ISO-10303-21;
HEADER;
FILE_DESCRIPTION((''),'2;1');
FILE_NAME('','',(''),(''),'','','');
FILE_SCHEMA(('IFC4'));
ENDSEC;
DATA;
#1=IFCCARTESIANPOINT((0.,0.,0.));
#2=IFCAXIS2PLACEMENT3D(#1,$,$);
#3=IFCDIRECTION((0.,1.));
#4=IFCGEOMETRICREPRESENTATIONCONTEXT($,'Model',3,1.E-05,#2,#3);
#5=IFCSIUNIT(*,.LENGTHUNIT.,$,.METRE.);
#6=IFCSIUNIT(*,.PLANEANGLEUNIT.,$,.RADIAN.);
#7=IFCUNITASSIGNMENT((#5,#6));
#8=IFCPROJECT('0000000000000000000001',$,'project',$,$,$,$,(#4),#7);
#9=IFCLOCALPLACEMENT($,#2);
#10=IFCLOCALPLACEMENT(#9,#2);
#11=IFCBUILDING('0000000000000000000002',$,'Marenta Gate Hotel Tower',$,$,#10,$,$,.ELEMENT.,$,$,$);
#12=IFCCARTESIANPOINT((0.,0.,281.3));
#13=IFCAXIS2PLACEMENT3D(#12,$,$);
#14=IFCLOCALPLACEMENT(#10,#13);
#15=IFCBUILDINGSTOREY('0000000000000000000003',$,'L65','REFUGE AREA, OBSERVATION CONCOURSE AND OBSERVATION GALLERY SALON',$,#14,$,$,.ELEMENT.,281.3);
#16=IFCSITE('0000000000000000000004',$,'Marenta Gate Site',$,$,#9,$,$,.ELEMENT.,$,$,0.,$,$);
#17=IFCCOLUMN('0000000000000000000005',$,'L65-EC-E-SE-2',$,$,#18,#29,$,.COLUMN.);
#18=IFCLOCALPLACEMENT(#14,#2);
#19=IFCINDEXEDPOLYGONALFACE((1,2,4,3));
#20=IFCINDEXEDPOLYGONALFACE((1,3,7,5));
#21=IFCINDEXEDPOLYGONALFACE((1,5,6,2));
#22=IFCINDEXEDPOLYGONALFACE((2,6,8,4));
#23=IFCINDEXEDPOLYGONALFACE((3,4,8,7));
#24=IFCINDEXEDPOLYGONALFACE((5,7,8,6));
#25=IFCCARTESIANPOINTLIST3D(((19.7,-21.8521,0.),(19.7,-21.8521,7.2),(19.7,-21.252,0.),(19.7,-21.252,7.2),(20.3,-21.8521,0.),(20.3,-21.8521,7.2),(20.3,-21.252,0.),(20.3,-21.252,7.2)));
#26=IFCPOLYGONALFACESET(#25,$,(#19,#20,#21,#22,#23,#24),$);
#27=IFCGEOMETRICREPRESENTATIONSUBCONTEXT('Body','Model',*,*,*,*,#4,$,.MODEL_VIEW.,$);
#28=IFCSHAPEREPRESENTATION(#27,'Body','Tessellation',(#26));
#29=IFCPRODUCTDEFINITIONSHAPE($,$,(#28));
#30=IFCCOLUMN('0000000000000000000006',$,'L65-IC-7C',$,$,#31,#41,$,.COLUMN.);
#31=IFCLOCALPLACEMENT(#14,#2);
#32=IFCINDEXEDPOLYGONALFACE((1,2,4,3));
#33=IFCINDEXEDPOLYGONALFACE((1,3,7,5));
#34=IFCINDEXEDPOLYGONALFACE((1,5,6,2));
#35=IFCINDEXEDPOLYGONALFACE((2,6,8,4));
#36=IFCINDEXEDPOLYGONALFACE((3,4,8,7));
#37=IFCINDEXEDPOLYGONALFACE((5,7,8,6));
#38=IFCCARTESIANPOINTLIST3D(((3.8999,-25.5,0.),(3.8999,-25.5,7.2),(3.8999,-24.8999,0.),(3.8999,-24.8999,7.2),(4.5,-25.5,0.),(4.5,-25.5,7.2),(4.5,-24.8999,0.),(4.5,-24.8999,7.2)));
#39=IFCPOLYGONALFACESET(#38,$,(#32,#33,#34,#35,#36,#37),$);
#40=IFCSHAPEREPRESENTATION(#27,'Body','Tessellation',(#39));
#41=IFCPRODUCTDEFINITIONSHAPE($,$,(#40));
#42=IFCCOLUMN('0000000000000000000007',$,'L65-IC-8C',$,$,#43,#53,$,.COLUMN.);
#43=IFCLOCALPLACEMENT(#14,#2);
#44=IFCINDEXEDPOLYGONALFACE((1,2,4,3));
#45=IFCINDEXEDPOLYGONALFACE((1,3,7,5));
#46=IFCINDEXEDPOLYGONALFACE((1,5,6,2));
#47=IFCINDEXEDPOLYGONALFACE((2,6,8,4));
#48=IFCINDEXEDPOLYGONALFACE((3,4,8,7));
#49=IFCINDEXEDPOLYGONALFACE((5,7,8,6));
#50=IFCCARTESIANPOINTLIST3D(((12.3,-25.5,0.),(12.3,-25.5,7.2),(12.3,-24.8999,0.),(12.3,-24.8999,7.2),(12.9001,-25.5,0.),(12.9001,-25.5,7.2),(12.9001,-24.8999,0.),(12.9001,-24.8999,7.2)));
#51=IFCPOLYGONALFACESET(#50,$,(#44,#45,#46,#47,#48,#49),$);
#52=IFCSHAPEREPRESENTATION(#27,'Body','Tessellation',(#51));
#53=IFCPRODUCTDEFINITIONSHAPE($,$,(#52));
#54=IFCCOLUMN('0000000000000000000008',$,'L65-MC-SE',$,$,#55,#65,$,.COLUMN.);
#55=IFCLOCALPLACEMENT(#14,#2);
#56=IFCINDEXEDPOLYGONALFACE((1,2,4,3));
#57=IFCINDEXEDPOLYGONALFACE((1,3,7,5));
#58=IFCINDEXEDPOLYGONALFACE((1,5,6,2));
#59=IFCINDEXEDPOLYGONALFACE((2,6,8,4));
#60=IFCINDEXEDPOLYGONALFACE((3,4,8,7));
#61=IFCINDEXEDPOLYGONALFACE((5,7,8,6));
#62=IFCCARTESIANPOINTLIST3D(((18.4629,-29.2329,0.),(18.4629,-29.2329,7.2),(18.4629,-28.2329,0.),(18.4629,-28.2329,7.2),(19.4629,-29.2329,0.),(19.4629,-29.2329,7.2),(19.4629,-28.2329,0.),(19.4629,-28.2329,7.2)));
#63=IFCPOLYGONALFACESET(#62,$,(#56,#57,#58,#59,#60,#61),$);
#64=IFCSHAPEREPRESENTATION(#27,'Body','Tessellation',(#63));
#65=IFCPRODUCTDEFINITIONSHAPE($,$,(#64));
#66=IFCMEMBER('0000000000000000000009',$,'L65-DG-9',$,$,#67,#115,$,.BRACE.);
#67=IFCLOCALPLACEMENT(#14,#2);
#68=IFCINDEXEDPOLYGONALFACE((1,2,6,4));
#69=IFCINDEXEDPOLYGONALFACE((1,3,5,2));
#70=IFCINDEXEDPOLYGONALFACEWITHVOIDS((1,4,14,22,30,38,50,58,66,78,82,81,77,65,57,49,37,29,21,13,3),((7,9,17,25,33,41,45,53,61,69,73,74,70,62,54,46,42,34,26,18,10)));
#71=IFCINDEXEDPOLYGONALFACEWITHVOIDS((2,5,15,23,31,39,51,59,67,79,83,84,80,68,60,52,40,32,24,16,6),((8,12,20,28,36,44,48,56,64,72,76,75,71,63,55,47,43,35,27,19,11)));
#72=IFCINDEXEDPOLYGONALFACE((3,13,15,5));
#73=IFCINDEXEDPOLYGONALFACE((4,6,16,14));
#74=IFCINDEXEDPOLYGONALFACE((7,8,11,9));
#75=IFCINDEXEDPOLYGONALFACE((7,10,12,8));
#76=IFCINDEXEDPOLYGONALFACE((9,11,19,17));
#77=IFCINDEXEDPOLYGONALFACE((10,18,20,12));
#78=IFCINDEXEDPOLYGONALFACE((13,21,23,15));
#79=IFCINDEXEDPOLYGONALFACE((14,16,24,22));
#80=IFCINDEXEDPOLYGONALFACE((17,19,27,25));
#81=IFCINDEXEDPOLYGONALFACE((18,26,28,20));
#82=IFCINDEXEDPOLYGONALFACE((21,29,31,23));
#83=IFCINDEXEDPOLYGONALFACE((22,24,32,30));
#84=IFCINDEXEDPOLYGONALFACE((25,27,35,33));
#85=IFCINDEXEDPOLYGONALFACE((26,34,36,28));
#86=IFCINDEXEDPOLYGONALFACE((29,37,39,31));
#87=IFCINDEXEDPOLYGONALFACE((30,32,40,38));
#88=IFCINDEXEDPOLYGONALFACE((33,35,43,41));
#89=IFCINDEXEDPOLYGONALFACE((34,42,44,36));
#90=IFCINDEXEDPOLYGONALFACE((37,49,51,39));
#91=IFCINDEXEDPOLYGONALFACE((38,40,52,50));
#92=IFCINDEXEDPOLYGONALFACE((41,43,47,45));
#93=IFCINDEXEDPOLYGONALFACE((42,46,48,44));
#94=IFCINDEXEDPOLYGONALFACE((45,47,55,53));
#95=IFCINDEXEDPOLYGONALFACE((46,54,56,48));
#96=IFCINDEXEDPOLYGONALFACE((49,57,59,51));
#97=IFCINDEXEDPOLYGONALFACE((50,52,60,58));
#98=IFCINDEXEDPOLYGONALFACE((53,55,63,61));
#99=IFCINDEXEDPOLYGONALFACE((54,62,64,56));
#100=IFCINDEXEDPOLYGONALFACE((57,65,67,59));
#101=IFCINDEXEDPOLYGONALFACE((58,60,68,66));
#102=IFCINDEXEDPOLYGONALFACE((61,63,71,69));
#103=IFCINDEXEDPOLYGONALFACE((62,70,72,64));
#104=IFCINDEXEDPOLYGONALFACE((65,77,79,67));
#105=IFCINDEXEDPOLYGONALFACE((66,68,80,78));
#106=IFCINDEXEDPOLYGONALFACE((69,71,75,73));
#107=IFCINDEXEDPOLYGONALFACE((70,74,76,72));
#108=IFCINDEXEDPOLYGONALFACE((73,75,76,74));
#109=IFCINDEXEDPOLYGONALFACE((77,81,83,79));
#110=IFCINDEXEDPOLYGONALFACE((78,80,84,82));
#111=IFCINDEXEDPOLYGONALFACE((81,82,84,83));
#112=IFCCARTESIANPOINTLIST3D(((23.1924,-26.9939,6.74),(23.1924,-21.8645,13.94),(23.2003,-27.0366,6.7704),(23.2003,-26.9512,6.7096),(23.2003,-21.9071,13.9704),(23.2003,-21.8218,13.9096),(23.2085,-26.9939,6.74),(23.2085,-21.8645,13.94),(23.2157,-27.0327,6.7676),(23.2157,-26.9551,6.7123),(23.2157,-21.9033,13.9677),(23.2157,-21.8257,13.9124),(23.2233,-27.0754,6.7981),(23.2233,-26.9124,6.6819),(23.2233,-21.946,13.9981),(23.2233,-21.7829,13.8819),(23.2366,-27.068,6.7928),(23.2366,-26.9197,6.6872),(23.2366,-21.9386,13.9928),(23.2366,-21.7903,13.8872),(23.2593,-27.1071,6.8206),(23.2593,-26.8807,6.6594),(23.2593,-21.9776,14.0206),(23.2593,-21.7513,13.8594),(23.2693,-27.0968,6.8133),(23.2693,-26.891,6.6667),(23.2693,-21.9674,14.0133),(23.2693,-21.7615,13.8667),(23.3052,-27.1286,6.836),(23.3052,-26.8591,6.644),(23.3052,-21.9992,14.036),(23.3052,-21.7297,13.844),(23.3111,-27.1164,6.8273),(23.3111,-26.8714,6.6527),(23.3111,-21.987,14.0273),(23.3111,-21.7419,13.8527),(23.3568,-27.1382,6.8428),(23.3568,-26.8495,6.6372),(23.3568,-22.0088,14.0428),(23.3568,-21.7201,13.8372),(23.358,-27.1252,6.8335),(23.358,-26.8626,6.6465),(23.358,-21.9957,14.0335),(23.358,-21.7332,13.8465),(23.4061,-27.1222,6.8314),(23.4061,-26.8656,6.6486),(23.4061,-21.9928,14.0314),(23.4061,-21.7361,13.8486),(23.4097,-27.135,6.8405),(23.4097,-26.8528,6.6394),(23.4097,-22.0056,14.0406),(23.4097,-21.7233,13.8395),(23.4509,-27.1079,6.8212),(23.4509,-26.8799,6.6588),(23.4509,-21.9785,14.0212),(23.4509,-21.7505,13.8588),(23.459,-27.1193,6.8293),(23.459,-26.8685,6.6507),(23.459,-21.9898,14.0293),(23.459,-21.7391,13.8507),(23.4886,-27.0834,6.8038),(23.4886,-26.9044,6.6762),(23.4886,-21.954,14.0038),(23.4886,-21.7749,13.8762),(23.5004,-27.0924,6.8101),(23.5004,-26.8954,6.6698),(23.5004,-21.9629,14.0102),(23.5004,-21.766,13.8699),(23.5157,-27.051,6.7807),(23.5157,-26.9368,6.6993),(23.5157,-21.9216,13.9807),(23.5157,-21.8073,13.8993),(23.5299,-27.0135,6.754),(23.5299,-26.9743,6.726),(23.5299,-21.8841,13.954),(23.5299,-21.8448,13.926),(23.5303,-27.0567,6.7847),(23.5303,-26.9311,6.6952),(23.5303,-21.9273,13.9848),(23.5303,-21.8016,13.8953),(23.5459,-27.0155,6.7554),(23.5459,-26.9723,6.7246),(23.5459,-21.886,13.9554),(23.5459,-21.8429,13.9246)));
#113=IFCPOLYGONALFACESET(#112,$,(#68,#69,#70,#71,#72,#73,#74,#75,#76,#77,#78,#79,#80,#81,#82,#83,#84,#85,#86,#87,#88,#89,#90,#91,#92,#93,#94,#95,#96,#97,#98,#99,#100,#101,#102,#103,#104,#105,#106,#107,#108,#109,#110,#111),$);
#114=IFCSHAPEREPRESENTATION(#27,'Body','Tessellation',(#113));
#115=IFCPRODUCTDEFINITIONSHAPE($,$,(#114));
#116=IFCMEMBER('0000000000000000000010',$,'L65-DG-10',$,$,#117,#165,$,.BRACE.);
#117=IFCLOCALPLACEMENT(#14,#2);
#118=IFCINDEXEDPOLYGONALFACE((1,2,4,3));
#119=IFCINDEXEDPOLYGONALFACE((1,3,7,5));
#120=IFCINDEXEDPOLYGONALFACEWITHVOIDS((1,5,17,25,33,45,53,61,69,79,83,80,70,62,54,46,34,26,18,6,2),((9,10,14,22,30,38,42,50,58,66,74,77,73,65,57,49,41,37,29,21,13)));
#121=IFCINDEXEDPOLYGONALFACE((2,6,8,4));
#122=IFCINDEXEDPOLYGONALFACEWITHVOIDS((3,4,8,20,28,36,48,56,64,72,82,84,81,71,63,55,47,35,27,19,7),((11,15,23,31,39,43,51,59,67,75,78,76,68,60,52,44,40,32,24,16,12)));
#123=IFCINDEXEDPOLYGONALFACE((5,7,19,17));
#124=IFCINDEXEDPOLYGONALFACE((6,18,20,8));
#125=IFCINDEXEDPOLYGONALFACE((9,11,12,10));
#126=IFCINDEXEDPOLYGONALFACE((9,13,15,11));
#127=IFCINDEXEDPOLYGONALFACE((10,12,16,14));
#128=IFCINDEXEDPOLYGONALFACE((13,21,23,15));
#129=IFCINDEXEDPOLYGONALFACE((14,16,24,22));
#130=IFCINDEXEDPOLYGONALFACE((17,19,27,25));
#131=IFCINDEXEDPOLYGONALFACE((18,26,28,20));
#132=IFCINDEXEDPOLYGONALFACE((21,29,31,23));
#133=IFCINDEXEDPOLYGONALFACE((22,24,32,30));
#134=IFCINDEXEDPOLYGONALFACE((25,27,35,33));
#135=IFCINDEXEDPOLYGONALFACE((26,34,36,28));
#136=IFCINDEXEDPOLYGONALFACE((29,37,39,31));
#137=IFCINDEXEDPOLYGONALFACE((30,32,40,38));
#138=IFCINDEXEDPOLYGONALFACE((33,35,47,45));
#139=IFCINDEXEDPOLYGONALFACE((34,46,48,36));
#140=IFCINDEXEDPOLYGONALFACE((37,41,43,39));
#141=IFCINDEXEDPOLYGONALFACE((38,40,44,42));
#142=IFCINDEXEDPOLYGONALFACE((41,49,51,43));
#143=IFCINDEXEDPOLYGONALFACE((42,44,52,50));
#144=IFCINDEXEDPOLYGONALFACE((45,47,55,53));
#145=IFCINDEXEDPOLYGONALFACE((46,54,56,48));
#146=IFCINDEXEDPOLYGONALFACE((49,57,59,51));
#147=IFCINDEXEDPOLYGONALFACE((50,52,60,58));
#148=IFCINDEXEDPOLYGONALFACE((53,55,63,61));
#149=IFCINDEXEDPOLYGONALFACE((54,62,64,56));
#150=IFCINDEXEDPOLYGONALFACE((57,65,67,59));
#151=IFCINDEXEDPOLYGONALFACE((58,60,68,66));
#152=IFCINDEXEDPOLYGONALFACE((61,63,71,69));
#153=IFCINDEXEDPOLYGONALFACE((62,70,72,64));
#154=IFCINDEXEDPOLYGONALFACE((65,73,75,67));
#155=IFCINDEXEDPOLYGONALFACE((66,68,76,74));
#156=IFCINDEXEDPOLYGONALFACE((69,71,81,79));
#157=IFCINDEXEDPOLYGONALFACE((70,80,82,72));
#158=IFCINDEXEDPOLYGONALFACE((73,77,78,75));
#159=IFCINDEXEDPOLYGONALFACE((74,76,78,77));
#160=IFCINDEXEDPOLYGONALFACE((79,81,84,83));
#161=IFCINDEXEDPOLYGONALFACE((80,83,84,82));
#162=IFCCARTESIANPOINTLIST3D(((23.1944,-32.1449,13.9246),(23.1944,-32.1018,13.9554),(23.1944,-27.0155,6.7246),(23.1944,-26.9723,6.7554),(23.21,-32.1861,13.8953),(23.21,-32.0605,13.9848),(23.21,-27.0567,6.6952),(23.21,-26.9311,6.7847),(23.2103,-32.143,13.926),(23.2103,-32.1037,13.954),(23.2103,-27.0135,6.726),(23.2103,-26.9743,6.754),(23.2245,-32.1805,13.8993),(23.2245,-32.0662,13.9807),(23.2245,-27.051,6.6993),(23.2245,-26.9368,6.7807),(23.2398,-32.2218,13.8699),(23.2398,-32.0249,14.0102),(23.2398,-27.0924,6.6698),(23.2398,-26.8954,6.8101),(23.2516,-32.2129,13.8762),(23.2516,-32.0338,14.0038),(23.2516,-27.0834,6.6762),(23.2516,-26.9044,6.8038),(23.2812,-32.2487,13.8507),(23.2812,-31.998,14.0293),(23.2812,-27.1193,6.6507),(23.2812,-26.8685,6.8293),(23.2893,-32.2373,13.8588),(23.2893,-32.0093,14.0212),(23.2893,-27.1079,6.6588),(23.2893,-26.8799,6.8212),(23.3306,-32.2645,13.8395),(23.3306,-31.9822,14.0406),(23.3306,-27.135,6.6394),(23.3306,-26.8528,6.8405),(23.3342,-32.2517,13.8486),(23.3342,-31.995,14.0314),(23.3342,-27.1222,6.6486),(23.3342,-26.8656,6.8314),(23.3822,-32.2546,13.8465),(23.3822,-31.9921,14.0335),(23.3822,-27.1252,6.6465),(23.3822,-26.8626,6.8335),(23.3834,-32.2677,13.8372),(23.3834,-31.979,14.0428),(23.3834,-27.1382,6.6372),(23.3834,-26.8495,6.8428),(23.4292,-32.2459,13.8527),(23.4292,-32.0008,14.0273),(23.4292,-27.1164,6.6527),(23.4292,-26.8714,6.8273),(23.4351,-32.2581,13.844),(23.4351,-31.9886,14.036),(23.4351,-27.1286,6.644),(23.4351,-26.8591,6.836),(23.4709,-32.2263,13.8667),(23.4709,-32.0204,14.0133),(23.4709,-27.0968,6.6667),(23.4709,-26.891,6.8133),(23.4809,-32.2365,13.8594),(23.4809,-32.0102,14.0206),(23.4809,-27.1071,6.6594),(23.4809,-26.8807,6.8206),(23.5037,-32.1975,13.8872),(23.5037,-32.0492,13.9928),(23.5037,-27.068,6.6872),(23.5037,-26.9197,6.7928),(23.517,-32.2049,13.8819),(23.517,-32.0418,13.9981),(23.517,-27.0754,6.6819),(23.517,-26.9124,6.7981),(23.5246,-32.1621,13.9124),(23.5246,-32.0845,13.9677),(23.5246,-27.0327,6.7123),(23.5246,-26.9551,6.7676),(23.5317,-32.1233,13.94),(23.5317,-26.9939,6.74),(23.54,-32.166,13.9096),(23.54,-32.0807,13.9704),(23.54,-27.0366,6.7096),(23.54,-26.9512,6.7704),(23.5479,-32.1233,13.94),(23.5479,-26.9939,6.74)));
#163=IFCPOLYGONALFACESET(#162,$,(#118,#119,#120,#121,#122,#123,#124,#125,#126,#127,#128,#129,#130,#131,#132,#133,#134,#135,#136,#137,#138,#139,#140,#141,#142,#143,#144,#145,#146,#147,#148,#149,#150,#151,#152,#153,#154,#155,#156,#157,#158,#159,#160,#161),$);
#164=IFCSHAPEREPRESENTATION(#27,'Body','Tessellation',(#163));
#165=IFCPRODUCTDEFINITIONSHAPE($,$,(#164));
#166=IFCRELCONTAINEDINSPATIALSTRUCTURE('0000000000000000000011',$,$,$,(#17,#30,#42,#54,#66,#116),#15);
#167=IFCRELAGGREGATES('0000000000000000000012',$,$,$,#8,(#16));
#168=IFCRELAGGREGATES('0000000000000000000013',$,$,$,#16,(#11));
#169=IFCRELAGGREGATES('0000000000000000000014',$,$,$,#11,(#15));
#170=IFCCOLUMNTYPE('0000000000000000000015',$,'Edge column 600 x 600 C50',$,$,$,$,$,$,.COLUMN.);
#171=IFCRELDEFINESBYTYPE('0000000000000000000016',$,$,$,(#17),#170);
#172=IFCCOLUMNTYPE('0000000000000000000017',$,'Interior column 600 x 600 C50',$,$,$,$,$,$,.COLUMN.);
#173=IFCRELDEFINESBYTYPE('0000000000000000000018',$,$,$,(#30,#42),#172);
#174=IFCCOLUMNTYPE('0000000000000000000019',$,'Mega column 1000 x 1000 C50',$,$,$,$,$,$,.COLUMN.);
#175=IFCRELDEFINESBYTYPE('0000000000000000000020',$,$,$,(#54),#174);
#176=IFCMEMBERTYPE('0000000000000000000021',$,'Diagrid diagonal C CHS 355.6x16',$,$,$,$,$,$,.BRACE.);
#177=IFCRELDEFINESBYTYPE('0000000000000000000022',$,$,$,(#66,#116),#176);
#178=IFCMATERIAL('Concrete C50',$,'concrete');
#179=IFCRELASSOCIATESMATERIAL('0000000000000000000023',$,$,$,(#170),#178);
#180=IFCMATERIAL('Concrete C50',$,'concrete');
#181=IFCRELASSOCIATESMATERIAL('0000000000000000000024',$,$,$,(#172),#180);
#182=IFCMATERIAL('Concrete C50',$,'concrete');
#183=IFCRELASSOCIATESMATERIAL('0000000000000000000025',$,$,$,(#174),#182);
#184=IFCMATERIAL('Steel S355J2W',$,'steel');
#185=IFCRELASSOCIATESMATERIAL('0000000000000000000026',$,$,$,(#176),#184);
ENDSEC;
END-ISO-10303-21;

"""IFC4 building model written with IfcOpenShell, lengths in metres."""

from ifc_helpers import new_model, si_unit, direction, frame, origin, origin_2d, place, context, subcontext, project, spatial, rectangle, hollow_circle, extrude, material, material_profile, profile_set, type_object, element, save


model = new_model("IFC4")

# Units and contexts
model_context = context("Model", 3, precision=1e-05, world=origin(), true_north=direction((0.0, 1.0)))
body_context = subcontext(model_context, "Body", "Model", "MODEL_VIEW")
ifc_project = project(units=[si_unit("LENGTHUNIT", "METRE"), si_unit("PLANEANGLEUNIT", "RADIAN")], contexts=[model_context])

# Site, building, storey
site_placement = place(None, origin())
site = spatial("IfcSite", under=ifc_project, at=site_placement, Name="Marenta Gate Site", CompositionType="ELEMENT", RefElevation=0.0)
building_placement = place(site_placement, origin())
building = spatial("IfcBuilding", under=site, at=building_placement, Name="Marenta Gate Hotel Tower", CompositionType="ELEMENT")
storey_placement = place(building_placement, frame((0.0, 0.0, 281.3)))
storey = spatial("IfcBuildingStorey", under=building, at=storey_placement, Name="L65", Description="REFUGE AREA, OBSERVATION CONCOURSE AND OBSERVATION GALLERY SALON", CompositionType="ELEMENT", Elevation=281.3)

# Columns
ifc_material_1 = material(Name="Concrete C50", Category="concrete")
ifc_material_profile_1 = material_profile(ifc_material_1, rectangle(XDim=0.6001, YDim=0.6001, at=origin_2d()), Name="600 x 600")
ifc_profile_set_1 = profile_set([ifc_material_profile_1], Name="Concrete C50")
column_type_1 = type_object("IfcColumnType", Name="Edge column 600 x 600 C50", PredefinedType="COLUMN", material=ifc_profile_set_1)
column_1_placement = place(storey_placement, frame((20.0, -21.552, 0.0), z_axis=(0.0, 0.0, 1.0), x_axis=(1.0, 0.0, 0.0)))
element("IfcColumn", 1, at=column_1_placement, inside=storey, type_object=column_type_1, Name="L65-EC-E-SE-2", PredefinedType="COLUMN", context=body_context, shape_type="SweptSolid", body=[
    extrude(rectangle(XDim=0.6001, YDim=0.6001, at=origin_2d()), origin(), (0.0, 0.0, 1.0), 7.2),
])
ifc_material_2 = material(Name="Concrete C50", Category="concrete")
ifc_material_profile_2 = material_profile(ifc_material_2, rectangle(XDim=0.6001, YDim=0.6001, at=origin_2d()), Name="600 x 600")
ifc_profile_set_2 = profile_set([ifc_material_profile_2], Name="Concrete C50")
column_type_2 = type_object("IfcColumnType", Name="Interior column 600 x 600 C50", PredefinedType="COLUMN", material=ifc_profile_set_2)
for number, where, z_axis, x_axis, name in (
    (2, (4.2, -25.2, 0.0), (0.0, 0.0, 1.0), (1.0, 0.0, 0.0), "L65-IC-7C"),
    (3, (12.6001, -25.2, 0.0), (0.0, 0.0, 1.0), (1.0, 0.0, 0.0), "L65-IC-8C"),
):
    element("IfcColumn", number, at=place(storey_placement, frame(where, z_axis=z_axis, x_axis=x_axis)), inside=storey, type_object=column_type_2, Name=name, PredefinedType="COLUMN", context=body_context, shape_type="SweptSolid", body=[
        extrude(rectangle(XDim=0.6001, YDim=0.6001, at=origin_2d()), origin(), (0.0, 0.0, 1.0), 7.2),
    ])
ifc_material_3 = material(Name="Concrete C50", Category="concrete")
ifc_material_profile_3 = material_profile(ifc_material_3, rectangle(XDim=1.0, YDim=1.0, at=origin_2d()), Name="1000 x 1000")
ifc_profile_set_3 = profile_set([ifc_material_profile_3], Name="Concrete C50")
column_type_3 = type_object("IfcColumnType", Name="Mega column 1000 x 1000 C50", PredefinedType="COLUMN", material=ifc_profile_set_3)
column_2_placement = place(storey_placement, frame((18.9629, -28.7329, 0.0), z_axis=(0.0, 0.0, 1.0), x_axis=(1.0, 0.0, 0.0)))
element("IfcColumn", 4, at=column_2_placement, inside=storey, type_object=column_type_3, Name="L65-MC-SE", PredefinedType="COLUMN", context=body_context, shape_type="SweptSolid", body=[
    extrude(rectangle(XDim=1.0, YDim=1.0, at=origin_2d()), origin(), (0.0, 0.0, 1.0), 7.2),
])

# Members
ifc_material_4 = material(Name="Steel S355J2W", Category="steel")
ifc_material_profile_4 = material_profile(ifc_material_4, hollow_circle(Radius=0.1777, WallThickness=0.0161, at=origin_2d()), Name="CHS 355.6x16")
ifc_profile_set_4 = profile_set([ifc_material_profile_4], Name="Steel S355J2W")
member_type_1 = type_object("IfcMemberType", Name="Diagrid diagonal C CHS 355.6x16", PredefinedType="BRACE", material=ifc_profile_set_4)
for number, where, z_axis, x_axis, name in (
    (5, (23.3701, -26.9939, 6.74), (0.0, 0.580232, 0.814451), (-1.0, 0.0, 0.0), "L65-DG-9"),
    (6, (23.3701, -26.9939, 6.74), (0.0, -0.580232, 0.814451), (1.0, 0.0, 0.0), "L65-DG-10"),
):
    element("IfcMember", number, at=place(storey_placement, frame(where, z_axis=z_axis, x_axis=x_axis)), inside=storey, type_object=member_type_1, Name=name, PredefinedType="BRACE", context=body_context, shape_type="SweptSolid", body=[
        extrude(hollow_circle(Radius=0.1777, WallThickness=0.0161, at=origin_2d()), origin(), (0.0, 0.0, 1.0), 8.8403),
    ])

save(model, "model.ifc")
